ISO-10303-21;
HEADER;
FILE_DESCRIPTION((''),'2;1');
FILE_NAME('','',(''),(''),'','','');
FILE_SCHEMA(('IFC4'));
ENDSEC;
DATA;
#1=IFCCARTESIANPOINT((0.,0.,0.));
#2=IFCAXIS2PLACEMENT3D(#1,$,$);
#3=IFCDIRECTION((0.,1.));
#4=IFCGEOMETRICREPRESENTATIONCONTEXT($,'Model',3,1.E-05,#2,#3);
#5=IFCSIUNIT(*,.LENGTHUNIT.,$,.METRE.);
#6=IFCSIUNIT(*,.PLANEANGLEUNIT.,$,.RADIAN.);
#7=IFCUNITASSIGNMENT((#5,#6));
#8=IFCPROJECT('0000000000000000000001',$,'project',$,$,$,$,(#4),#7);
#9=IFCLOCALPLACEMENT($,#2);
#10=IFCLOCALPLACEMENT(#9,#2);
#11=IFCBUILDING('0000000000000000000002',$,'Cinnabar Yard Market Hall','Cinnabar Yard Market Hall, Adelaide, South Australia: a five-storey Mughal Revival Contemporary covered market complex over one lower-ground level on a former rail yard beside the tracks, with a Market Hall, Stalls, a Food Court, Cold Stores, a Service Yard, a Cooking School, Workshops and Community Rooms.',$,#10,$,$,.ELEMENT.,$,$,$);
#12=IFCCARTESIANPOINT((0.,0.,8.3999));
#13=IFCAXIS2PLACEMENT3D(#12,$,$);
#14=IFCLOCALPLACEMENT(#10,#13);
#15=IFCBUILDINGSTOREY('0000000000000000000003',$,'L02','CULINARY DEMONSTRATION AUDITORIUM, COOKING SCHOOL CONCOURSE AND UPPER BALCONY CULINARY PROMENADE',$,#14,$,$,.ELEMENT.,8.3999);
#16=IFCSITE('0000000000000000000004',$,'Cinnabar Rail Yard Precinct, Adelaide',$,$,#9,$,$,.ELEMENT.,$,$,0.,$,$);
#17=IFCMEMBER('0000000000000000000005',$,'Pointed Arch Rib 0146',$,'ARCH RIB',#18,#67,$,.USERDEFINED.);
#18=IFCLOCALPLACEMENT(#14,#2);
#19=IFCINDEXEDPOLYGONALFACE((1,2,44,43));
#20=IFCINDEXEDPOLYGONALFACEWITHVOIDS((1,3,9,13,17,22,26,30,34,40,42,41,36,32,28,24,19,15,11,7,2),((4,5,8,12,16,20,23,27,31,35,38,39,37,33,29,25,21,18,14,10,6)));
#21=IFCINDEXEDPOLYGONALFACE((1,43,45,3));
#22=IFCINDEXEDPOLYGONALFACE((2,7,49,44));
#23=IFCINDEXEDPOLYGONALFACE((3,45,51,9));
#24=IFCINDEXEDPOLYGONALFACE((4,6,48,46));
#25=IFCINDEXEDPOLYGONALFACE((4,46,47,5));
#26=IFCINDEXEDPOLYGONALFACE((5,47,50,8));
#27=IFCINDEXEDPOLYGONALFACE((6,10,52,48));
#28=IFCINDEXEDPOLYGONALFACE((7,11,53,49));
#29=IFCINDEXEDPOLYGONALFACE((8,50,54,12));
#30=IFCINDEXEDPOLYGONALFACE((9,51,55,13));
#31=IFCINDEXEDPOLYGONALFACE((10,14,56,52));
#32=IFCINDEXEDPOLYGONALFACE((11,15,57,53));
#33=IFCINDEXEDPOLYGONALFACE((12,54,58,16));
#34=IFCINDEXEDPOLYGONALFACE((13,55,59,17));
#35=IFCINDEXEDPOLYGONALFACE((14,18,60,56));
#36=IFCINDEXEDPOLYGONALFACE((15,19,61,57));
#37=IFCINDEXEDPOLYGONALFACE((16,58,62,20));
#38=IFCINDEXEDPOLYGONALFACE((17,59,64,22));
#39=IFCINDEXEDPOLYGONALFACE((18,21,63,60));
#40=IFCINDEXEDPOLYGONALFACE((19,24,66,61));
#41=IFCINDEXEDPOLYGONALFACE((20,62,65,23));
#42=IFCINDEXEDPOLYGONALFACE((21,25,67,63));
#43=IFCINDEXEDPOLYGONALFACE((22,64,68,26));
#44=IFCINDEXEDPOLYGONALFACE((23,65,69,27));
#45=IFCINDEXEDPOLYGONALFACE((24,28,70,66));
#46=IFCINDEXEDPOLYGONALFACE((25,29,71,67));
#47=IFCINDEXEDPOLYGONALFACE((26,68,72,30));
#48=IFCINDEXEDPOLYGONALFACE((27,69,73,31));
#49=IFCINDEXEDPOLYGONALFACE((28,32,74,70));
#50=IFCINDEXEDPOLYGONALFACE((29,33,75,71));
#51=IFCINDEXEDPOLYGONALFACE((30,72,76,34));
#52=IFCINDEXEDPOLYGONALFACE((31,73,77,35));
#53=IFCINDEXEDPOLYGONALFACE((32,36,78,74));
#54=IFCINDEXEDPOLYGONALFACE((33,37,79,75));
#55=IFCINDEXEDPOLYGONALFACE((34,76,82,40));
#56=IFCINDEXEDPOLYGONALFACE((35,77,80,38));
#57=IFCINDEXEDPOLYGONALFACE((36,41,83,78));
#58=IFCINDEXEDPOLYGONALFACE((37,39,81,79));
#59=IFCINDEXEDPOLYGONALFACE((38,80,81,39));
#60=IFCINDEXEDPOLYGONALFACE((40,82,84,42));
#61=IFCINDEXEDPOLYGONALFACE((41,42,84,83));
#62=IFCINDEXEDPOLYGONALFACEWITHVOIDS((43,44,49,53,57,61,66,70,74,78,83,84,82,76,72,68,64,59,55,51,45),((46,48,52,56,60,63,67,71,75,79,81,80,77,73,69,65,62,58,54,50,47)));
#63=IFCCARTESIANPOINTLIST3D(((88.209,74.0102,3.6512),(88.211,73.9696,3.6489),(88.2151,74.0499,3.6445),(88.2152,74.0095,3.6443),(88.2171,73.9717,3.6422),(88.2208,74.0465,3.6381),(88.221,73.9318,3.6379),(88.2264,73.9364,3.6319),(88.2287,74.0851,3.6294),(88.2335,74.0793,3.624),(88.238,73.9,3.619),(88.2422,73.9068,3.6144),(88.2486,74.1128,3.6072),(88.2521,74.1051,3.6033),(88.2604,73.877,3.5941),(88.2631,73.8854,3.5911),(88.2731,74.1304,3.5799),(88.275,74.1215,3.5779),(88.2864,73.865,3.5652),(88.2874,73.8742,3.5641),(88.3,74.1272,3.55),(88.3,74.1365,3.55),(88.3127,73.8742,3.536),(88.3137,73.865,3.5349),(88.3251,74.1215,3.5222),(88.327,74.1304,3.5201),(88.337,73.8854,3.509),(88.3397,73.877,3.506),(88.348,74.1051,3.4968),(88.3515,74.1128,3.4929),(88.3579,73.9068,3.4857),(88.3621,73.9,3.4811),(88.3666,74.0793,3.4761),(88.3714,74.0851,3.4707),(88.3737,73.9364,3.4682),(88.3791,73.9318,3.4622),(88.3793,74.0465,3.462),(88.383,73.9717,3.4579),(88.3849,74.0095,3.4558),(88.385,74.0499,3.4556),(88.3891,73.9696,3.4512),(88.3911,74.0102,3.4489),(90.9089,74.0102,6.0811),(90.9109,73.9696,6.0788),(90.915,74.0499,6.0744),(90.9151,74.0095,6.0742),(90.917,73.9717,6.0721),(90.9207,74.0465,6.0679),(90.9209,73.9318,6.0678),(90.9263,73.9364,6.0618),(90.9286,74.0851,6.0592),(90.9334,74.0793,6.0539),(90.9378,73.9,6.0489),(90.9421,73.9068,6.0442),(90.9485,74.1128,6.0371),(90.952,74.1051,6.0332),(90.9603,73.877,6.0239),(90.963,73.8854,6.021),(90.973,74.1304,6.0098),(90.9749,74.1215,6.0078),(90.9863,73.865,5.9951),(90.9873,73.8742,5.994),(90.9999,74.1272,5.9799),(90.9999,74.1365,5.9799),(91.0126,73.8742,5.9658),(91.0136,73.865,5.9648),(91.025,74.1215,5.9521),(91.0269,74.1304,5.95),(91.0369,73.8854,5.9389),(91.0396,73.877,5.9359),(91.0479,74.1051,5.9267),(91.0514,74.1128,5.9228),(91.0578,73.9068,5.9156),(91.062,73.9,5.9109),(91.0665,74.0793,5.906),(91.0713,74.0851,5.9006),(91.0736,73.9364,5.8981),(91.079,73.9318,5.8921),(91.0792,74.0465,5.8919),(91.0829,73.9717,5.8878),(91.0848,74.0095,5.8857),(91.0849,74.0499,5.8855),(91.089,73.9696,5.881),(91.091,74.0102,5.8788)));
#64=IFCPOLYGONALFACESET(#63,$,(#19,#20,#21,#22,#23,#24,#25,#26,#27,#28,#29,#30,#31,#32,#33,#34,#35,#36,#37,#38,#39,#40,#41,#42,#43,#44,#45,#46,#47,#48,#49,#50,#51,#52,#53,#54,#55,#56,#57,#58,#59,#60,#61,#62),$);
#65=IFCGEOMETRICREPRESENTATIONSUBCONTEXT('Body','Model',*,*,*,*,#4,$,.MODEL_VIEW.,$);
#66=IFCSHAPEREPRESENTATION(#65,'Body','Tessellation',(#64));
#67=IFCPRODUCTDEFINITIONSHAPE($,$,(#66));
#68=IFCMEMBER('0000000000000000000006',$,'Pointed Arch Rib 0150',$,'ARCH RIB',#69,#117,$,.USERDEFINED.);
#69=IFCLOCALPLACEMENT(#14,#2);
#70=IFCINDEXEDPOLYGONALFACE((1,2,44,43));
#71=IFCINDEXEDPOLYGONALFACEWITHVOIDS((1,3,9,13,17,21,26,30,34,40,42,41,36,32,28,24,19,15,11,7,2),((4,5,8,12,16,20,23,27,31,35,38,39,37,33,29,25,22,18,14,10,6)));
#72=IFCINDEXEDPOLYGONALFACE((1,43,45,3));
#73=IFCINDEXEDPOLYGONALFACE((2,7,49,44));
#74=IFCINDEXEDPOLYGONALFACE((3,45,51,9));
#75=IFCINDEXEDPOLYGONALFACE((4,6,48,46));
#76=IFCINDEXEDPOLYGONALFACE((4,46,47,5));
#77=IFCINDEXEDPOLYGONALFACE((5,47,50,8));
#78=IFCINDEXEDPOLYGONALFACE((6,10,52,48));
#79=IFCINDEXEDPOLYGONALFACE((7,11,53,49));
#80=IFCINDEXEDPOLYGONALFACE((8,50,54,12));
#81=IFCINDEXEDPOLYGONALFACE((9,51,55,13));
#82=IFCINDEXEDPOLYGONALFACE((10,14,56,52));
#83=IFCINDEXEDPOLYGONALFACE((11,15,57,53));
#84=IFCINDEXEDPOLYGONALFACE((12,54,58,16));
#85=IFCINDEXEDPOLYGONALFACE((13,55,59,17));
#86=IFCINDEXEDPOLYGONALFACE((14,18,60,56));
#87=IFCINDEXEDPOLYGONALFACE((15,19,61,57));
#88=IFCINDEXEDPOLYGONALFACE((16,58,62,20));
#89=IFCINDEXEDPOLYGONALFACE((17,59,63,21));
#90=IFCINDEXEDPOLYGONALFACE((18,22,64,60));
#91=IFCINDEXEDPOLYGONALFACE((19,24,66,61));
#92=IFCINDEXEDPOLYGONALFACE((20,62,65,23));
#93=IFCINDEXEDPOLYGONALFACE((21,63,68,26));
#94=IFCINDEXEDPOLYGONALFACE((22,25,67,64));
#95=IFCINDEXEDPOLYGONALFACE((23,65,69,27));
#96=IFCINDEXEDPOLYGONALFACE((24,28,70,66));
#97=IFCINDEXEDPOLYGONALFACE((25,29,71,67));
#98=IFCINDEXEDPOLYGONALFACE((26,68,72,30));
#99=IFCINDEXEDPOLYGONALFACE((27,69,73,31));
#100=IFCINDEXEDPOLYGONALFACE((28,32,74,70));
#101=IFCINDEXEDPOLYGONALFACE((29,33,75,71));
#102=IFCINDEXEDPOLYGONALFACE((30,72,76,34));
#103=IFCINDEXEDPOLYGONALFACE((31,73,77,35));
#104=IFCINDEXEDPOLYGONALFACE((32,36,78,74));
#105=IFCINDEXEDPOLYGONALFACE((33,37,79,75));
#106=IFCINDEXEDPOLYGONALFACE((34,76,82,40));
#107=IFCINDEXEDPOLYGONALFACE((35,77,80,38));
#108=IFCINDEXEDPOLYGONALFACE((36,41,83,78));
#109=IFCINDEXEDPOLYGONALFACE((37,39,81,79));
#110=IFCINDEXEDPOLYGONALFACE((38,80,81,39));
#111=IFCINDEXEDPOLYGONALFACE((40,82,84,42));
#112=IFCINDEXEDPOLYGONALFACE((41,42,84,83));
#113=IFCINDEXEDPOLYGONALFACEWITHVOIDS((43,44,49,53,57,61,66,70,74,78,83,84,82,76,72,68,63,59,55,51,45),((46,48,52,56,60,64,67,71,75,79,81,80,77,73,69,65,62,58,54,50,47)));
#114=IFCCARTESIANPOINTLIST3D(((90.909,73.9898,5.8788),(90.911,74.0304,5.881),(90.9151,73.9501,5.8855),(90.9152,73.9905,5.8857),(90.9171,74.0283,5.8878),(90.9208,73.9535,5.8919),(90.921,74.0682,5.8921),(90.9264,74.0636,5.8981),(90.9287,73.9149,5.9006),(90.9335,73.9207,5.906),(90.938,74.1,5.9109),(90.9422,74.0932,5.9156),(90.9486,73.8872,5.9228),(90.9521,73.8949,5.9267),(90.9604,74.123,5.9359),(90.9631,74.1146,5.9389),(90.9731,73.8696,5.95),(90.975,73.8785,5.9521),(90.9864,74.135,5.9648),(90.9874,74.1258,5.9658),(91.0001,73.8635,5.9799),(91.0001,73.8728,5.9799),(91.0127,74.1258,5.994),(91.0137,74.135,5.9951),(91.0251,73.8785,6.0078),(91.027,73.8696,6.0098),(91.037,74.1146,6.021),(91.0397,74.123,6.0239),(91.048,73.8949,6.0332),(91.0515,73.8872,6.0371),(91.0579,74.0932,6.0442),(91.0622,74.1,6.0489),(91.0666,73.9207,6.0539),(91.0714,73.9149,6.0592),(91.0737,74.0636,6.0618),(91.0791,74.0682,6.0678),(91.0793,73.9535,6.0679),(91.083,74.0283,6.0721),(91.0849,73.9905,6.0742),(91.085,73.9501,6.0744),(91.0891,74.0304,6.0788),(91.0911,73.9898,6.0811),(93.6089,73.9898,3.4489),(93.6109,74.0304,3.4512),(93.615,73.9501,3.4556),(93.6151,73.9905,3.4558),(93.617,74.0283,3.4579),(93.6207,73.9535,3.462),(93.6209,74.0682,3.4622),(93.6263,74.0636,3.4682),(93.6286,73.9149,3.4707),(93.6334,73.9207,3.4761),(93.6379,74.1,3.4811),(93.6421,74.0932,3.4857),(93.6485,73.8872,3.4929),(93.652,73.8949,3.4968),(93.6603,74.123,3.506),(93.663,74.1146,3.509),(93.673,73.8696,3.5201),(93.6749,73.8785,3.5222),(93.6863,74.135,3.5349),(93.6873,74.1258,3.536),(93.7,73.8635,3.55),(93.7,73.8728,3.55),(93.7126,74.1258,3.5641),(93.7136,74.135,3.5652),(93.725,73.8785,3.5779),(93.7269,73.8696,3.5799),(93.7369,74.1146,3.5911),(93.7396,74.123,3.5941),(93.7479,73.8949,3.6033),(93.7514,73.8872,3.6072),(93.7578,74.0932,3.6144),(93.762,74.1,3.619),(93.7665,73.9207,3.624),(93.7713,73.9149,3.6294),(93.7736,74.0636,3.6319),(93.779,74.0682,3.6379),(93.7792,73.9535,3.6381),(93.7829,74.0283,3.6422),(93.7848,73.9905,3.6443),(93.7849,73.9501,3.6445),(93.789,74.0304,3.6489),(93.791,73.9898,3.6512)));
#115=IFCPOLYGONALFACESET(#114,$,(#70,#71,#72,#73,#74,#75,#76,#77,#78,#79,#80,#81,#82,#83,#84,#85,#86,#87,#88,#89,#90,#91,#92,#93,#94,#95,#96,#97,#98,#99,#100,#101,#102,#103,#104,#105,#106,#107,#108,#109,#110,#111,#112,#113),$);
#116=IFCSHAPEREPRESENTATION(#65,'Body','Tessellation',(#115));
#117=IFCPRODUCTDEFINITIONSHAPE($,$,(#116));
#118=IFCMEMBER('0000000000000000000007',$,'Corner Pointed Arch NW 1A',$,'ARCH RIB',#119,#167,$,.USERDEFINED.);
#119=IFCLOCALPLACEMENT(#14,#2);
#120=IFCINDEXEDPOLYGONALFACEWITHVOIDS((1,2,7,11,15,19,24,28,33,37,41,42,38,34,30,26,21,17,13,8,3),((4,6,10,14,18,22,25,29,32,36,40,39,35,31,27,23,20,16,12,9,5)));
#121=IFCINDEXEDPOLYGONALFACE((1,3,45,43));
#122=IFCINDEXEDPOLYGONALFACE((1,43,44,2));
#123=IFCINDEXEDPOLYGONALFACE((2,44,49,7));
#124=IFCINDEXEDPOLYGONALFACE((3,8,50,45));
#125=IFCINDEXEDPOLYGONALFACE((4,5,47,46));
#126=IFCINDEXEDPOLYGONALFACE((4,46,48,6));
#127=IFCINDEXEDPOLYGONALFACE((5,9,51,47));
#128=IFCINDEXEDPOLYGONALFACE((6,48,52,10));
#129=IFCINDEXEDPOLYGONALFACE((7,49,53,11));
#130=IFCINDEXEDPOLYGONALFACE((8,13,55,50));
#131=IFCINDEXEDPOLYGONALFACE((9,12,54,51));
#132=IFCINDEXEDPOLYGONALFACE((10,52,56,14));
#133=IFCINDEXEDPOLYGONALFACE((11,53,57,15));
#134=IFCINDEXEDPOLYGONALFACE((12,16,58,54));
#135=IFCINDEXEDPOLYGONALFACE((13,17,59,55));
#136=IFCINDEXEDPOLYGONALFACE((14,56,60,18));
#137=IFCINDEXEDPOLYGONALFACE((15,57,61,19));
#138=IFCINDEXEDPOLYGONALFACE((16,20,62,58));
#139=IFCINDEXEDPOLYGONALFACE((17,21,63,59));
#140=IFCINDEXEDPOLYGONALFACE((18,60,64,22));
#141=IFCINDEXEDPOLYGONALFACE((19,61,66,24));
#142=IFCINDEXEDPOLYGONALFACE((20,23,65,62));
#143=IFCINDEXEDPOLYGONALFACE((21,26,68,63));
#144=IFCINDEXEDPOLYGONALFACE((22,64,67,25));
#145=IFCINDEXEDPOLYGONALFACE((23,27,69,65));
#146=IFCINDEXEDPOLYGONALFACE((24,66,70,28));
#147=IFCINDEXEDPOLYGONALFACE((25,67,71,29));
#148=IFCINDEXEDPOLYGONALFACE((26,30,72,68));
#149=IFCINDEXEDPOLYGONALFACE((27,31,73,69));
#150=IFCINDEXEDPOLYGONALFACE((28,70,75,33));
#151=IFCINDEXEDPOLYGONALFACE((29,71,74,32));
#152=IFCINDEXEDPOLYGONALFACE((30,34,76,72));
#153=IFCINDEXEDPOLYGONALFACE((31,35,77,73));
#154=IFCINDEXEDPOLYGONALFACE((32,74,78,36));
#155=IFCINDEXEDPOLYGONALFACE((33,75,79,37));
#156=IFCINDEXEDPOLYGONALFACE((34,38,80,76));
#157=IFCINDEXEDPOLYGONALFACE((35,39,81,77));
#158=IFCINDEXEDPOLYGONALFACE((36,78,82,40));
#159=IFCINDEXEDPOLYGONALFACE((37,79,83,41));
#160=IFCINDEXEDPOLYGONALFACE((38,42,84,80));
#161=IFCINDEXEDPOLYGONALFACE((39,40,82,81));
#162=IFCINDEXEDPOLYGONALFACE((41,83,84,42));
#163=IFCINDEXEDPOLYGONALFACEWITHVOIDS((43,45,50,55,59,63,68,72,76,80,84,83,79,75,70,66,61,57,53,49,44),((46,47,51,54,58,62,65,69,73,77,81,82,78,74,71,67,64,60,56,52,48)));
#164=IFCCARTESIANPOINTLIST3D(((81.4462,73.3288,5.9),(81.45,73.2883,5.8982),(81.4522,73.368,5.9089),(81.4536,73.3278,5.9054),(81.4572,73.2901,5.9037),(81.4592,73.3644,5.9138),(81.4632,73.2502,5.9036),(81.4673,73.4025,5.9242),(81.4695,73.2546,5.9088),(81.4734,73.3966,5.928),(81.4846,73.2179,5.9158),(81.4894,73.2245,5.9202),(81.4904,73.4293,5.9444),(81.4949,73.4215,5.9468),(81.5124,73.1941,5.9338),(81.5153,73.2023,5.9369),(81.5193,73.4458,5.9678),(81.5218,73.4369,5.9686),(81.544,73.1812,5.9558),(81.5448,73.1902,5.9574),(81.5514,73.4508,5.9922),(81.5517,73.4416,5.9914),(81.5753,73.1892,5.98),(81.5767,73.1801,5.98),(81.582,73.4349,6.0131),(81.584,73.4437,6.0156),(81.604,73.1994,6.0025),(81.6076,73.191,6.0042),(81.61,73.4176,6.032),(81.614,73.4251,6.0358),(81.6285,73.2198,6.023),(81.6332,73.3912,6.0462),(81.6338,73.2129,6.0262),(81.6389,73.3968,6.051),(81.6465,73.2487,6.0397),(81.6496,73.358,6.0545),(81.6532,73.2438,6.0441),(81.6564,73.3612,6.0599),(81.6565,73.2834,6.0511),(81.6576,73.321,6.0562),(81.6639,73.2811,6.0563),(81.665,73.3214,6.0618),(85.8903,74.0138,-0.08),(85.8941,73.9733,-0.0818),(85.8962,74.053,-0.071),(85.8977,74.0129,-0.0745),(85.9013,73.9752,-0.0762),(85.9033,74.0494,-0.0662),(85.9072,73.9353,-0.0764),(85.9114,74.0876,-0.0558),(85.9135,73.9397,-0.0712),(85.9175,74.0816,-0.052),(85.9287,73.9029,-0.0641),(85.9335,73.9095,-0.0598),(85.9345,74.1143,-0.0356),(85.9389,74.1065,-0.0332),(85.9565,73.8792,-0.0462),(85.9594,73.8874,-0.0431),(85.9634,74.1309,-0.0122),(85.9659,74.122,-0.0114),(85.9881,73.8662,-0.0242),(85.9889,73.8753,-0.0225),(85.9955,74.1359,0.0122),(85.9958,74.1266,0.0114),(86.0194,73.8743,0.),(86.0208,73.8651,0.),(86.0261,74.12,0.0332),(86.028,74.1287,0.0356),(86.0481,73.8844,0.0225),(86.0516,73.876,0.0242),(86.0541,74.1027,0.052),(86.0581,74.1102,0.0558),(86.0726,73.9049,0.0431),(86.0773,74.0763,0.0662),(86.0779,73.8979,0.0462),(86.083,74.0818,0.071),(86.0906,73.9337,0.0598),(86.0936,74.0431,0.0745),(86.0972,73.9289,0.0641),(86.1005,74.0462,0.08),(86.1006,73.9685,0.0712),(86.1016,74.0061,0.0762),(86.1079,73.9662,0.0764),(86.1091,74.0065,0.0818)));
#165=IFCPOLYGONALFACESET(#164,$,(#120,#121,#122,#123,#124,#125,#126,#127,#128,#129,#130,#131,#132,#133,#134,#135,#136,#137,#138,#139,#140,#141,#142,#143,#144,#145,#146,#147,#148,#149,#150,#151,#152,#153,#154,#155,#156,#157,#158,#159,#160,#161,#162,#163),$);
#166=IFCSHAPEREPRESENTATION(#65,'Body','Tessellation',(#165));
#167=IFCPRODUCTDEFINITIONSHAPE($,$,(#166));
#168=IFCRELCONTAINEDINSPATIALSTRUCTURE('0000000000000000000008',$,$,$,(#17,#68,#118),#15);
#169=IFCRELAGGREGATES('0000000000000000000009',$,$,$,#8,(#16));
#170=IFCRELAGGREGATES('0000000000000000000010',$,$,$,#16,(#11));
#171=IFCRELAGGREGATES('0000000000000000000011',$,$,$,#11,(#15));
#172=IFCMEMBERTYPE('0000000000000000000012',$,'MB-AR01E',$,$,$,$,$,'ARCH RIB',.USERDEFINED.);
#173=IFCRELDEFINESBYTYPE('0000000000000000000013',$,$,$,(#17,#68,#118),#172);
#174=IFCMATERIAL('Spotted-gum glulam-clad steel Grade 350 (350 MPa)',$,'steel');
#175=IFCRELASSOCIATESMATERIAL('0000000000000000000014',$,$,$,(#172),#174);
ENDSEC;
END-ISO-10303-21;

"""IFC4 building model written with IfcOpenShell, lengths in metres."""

from ifc_helpers import new_model, si_unit, direction, frame, origin, origin_2d_with_axis, place, context, subcontext, project, spatial, hollow_circle, extrude, material, material_profile, profile_set, type_object, element, save


model = new_model("IFC4")

# Units and contexts
model_context = context("Model", 3, precision=1e-05, world=origin(), true_north=direction((0.0, 1.0)))
body_context = subcontext(model_context, "Body", "Model", "MODEL_VIEW")
ifc_project = project(units=[si_unit("LENGTHUNIT", "METRE"), si_unit("PLANEANGLEUNIT", "RADIAN")], contexts=[model_context])

# Site, building, storey
site_placement = place(None, origin())
site = spatial("IfcSite", under=ifc_project, at=site_placement, Name="Cinnabar Rail Yard Precinct, Adelaide", CompositionType="ELEMENT", RefElevation=0.0)
building_placement = place(site_placement, origin())
building = spatial("IfcBuilding", under=site, at=building_placement, Name="Cinnabar Yard Market Hall", Description="Cinnabar Yard Market Hall, Adelaide, South Australia: a five-storey Mughal Revival Contemporary covered market complex over one lower-ground level on a former rail yard beside the tracks, with a Market Hall, Stalls, a Food Court, Cold Stores, a Service Yard, a Cooking School, Workshops and Community Rooms.", CompositionType="ELEMENT")
storey_placement = place(building_placement, frame((0.0, 0.0, 8.3999)))
storey = spatial("IfcBuildingStorey", under=building, at=storey_placement, Name="L02", Description="CULINARY DEMONSTRATION AUDITORIUM, COOKING SCHOOL CONCOURSE AND UPPER BALCONY CULINARY PROMENADE", CompositionType="ELEMENT", Elevation=8.3999)

# Shared definitions
ifc_material_1 = material(Name="Spotted-gum glulam-clad steel Grade 350 (350 MPa)", Category="steel")

# Members
ifc_material_profile_1 = material_profile(ifc_material_1, hollow_circle(Radius=0.1365, WallThickness=0.0093, at=origin_2d_with_axis()), Name="273.1x9.3CHS")
ifc_profile_set_1 = profile_set([ifc_material_profile_1], Name="Spotted-gum glulam-clad steel Grade 350 (350 MPa)")
member_type_1 = type_object("IfcMemberType", Name="MB-AR01E", ElementType="ARCH RIB", PredefinedType="USERDEFINED", material=ifc_profile_set_1)
for number, where, z_axis, x_axis, name in (
    (1, (88.3, 74.0, 3.55), (0.743297, 0.0, 0.668961), (0.0, 1.0, 0.0), "Pointed Arch Rib 0146"),
    (2, (93.7, 74.0, 3.55), (-0.743297, 0.0, 0.668961), (0.0, -1.0, 0.0), "Pointed Arch Rib 0150"),
):
    element("IfcMember", number, at=place(storey_placement, frame(where, z_axis=z_axis, x_axis=x_axis)), inside=storey, type_object=member_type_1, Name=name, ObjectType="ARCH RIB", PredefinedType="USERDEFINED", context=body_context, shape_type="SweptSolid", body=[
        extrude(hollow_circle(Radius=0.1365, WallThickness=0.0093, at=origin_2d_with_axis()), origin(), (0.0, 0.0, 1.0), 3.6323),
    ])
for number, where, z_axis, x_axis, name in (
    (3, (86.0, 74.0, 0.0), (-0.593976, -0.091562, 0.799255), (0.152351, -0.988326, 0.0), "Corner Pointed Arch NW 1A"),
):
    element("IfcMember", number, at=place(storey_placement, frame(where, z_axis=z_axis, x_axis=x_axis)), inside=storey, type_object=member_type_1, Name=name, ObjectType="ARCH RIB", PredefinedType="USERDEFINED", context=body_context, shape_type="SweptSolid", body=[
        extrude(hollow_circle(Radius=0.1365, WallThickness=0.0093, at=origin_2d_with_axis()), origin(), (0.0, 0.0, 1.0), 7.4819),
    ])

save(model, "model.ifc")
